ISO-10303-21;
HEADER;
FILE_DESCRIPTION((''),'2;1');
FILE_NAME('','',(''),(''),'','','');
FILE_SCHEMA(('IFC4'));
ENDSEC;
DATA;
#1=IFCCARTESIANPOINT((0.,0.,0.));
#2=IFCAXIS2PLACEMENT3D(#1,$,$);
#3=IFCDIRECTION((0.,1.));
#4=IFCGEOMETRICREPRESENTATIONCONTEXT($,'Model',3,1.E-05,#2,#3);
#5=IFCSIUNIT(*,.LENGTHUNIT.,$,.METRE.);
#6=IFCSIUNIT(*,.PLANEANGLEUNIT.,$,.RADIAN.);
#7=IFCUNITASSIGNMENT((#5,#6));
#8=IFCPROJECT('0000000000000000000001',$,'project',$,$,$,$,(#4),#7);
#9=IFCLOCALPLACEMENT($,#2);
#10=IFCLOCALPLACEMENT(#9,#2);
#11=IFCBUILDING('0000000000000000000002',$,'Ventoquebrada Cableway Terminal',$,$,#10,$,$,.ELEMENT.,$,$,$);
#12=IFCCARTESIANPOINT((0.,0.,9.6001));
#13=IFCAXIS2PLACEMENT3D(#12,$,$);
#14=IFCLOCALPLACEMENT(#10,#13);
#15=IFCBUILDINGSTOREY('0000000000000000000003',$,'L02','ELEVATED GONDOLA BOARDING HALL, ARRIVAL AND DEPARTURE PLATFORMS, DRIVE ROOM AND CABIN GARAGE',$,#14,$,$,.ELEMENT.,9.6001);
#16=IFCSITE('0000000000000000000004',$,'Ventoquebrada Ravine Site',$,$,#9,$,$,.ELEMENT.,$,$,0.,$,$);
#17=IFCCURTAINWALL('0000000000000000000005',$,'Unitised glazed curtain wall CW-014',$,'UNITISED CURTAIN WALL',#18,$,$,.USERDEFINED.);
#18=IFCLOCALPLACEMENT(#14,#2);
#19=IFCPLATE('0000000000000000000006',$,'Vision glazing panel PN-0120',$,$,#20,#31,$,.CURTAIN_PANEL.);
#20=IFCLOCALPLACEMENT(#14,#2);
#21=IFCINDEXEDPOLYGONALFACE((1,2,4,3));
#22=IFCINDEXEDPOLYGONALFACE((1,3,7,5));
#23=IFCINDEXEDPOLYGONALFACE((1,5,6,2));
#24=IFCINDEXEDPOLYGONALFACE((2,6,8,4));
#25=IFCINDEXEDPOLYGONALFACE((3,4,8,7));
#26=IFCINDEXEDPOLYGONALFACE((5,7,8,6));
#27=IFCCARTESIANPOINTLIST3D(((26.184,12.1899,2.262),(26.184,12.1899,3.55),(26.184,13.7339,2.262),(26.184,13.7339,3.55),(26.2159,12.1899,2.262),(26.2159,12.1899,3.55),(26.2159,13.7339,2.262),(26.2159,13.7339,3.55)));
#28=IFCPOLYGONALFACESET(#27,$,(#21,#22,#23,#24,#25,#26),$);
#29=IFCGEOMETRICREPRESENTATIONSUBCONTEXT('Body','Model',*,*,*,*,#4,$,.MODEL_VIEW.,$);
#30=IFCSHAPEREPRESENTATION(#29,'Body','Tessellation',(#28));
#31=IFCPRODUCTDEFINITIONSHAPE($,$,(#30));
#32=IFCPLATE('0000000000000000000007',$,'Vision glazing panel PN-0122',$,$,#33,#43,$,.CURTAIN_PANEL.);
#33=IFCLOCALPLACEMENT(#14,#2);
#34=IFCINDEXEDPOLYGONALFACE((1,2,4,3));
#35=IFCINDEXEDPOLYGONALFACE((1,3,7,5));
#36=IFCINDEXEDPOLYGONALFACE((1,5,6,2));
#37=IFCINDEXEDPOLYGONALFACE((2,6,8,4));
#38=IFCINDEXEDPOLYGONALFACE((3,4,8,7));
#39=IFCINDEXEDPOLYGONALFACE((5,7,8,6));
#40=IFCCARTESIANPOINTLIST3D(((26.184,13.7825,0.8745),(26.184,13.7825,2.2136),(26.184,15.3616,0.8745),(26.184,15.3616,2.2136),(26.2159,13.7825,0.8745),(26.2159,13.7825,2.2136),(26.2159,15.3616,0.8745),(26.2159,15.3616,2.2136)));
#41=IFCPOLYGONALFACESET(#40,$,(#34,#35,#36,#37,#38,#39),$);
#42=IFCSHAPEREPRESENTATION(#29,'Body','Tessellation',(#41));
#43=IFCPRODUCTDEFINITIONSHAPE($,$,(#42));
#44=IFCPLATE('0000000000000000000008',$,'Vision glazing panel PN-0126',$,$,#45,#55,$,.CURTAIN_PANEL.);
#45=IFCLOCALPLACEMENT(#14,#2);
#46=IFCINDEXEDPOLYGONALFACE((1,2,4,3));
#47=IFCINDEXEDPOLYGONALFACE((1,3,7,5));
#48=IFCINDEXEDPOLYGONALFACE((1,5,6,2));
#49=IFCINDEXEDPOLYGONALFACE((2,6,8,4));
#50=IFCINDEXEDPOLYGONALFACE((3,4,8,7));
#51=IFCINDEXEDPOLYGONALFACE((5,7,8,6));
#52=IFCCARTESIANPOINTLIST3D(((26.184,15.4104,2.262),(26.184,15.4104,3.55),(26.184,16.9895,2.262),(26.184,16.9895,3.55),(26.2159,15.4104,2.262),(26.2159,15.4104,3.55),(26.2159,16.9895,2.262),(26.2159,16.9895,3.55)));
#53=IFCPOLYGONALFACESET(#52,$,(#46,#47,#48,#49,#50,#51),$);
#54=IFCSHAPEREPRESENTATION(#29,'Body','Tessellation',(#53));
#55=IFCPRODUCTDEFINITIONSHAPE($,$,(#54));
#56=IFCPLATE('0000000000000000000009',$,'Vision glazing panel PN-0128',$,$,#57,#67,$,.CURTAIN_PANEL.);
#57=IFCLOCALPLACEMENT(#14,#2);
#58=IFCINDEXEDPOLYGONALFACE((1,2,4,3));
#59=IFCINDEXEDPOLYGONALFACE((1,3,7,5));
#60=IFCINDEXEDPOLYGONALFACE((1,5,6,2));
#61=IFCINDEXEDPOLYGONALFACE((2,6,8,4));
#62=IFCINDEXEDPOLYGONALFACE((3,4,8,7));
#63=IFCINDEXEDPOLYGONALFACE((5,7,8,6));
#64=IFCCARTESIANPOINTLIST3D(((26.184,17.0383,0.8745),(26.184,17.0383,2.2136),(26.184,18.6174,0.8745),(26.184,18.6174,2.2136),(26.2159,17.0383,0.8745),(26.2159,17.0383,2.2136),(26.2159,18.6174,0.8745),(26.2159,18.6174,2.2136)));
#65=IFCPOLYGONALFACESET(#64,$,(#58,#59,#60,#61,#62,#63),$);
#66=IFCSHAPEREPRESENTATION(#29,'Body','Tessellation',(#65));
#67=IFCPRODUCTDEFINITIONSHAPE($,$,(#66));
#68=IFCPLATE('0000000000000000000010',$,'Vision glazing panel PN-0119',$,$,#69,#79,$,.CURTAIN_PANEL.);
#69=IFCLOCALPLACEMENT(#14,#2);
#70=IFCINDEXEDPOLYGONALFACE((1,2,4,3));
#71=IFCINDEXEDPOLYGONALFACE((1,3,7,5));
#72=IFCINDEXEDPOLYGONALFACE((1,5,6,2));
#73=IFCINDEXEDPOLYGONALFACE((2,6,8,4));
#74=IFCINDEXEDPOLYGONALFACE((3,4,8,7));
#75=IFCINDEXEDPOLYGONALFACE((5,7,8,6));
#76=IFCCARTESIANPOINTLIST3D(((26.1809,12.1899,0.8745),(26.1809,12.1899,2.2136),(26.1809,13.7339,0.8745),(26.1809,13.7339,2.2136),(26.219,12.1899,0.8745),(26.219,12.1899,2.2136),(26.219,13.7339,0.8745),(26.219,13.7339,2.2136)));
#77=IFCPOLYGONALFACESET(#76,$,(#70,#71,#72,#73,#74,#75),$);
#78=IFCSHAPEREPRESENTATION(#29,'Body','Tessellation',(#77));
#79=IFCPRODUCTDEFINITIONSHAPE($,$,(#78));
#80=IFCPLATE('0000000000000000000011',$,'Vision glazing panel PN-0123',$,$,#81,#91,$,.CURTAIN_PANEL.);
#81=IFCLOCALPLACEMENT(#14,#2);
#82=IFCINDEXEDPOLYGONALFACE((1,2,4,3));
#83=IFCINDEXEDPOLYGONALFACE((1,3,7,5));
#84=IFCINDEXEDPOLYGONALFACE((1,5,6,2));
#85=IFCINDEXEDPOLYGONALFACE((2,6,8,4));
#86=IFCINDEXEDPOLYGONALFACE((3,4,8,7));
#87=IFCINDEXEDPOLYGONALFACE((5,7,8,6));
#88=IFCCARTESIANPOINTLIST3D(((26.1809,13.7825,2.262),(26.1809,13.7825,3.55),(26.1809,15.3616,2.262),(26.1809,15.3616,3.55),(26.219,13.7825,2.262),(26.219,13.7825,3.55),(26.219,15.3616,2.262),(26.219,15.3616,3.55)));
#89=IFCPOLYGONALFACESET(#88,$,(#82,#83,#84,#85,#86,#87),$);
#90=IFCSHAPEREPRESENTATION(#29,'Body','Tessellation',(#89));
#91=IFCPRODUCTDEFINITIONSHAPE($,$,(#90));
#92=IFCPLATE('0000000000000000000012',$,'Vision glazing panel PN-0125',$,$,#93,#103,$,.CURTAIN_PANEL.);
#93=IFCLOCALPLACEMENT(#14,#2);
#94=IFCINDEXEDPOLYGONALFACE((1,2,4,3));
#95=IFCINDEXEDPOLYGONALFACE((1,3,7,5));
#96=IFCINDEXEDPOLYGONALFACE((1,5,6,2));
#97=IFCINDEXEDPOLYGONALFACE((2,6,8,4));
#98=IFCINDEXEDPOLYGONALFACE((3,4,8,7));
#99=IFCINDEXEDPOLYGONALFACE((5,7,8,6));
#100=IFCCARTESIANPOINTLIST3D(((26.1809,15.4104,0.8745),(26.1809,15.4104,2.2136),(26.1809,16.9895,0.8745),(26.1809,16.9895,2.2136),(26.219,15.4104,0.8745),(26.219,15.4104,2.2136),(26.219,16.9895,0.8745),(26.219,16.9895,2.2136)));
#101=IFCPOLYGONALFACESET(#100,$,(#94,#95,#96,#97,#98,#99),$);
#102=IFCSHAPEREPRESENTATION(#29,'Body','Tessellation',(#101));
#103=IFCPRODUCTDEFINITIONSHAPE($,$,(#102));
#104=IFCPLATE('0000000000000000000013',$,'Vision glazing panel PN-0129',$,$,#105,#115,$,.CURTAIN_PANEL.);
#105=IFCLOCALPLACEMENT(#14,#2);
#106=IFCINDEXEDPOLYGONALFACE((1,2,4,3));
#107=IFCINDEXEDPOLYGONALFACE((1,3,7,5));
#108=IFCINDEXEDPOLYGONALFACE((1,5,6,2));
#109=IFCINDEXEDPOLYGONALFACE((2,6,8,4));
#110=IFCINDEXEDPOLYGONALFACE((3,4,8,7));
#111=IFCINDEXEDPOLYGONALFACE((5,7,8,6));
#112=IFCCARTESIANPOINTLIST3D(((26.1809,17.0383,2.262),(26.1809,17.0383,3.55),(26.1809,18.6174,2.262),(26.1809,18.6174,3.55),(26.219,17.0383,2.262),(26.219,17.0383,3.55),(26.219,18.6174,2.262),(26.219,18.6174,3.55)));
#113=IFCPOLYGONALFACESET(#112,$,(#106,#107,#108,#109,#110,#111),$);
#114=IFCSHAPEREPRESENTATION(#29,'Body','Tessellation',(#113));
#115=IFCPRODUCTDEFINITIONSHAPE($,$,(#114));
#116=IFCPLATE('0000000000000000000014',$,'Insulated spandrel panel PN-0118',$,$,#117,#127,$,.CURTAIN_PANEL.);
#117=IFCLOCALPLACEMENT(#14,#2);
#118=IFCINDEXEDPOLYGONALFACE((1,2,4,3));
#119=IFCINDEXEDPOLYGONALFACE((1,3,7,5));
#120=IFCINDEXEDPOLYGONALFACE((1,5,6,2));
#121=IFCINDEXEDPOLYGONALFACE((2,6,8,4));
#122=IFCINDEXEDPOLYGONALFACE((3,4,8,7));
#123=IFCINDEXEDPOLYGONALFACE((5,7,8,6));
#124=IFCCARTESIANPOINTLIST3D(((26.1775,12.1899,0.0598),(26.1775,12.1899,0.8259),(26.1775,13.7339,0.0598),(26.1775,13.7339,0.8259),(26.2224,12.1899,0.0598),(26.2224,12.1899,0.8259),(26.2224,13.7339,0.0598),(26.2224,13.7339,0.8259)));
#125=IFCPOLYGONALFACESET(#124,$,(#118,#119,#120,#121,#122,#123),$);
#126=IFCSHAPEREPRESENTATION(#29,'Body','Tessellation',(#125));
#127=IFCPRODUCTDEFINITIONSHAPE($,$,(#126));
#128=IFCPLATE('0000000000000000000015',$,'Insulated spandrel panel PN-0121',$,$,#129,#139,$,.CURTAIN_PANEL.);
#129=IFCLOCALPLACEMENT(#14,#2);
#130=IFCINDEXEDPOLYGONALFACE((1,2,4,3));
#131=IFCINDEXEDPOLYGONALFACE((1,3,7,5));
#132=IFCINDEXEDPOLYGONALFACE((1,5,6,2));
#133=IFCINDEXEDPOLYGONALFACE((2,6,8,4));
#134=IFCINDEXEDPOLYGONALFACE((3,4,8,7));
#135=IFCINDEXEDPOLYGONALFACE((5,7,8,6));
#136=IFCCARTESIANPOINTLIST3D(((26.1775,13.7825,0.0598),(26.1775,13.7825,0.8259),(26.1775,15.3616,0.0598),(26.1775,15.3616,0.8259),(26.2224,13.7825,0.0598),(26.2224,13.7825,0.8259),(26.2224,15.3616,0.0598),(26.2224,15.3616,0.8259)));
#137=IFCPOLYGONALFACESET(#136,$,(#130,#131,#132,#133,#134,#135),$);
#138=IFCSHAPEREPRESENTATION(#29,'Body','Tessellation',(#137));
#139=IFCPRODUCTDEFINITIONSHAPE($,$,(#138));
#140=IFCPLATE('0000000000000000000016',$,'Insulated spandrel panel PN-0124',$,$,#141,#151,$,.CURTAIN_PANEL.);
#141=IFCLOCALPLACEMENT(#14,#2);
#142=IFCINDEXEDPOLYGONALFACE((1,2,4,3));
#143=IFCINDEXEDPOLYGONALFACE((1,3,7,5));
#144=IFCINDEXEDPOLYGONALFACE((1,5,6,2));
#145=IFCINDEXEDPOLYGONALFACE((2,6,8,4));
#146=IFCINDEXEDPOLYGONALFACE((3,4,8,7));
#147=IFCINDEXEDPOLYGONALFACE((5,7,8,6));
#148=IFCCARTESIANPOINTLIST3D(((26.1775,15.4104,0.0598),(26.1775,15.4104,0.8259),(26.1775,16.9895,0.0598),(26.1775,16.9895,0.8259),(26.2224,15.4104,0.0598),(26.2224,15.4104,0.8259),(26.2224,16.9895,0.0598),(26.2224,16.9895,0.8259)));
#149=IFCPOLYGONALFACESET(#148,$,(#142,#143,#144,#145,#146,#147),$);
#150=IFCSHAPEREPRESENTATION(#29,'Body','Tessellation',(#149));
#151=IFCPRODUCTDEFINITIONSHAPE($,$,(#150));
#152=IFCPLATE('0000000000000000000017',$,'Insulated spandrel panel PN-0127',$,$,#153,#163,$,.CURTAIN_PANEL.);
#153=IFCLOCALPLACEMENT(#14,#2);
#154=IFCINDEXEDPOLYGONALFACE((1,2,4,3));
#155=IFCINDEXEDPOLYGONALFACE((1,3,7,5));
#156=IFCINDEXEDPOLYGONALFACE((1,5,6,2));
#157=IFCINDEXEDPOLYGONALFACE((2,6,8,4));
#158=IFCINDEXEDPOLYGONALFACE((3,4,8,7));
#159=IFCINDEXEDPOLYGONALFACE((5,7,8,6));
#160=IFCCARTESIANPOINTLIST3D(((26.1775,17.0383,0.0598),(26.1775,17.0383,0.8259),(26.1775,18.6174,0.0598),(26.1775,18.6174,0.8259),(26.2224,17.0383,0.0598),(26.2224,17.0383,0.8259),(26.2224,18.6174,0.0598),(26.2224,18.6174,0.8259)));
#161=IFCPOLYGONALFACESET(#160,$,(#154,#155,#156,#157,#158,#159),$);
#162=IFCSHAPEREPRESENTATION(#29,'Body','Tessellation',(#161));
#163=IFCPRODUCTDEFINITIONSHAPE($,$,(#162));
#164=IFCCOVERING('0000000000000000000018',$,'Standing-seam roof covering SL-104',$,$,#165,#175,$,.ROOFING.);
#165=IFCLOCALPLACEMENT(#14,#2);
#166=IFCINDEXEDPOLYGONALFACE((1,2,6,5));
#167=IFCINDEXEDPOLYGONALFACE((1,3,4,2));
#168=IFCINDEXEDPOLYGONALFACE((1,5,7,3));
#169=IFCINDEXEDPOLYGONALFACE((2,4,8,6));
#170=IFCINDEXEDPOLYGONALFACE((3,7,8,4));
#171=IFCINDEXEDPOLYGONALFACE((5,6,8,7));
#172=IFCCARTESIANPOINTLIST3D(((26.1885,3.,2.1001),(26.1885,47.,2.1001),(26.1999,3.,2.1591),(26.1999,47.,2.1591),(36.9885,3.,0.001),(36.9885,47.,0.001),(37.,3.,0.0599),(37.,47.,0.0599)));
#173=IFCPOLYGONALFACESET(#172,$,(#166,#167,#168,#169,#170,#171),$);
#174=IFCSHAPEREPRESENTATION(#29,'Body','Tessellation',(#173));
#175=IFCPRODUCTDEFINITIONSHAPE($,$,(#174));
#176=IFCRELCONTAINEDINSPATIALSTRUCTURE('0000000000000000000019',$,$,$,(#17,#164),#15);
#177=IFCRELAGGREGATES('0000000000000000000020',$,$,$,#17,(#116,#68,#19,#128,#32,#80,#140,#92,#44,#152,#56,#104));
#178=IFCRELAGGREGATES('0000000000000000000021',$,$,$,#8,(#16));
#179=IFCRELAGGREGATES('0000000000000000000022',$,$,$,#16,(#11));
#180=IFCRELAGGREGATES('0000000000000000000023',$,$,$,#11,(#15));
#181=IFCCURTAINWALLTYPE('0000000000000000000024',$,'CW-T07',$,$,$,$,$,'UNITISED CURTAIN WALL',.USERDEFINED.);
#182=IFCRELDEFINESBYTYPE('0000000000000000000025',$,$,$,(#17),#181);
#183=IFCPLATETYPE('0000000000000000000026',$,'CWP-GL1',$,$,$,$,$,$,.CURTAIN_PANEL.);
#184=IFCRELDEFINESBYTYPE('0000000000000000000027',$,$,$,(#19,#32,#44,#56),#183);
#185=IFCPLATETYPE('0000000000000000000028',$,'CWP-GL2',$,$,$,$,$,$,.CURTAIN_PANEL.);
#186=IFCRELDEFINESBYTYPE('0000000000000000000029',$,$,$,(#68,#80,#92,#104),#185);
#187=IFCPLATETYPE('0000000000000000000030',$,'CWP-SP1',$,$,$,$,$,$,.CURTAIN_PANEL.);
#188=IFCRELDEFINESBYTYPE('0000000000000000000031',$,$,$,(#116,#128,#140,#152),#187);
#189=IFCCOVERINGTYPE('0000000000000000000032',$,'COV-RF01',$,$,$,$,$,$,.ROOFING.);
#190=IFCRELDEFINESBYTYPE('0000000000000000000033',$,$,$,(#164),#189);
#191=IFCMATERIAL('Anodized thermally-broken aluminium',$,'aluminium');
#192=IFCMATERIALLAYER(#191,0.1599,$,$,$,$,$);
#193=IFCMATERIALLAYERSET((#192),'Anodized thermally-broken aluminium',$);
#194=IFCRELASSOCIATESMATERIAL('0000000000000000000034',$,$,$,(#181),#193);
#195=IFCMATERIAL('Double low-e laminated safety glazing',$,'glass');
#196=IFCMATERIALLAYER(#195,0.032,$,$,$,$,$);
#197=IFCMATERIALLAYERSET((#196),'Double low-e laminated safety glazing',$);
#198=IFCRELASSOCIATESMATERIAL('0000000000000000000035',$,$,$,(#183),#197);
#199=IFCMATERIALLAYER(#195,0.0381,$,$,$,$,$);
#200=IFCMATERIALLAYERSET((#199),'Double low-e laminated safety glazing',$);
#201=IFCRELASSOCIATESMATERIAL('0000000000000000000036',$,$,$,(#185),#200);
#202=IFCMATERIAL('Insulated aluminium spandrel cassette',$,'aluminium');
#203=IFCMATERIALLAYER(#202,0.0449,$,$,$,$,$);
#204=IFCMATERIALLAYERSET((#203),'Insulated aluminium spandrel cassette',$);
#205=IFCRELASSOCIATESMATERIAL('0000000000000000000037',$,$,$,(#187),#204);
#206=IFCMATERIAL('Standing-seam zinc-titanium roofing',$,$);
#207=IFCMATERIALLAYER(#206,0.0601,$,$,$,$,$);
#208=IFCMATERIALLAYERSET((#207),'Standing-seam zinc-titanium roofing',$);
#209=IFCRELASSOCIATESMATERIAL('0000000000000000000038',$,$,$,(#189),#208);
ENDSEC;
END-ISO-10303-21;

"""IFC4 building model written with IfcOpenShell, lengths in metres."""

from ifc_helpers import new_model, si_unit, direction, frame, origin, origin_2d, place, context, subcontext, project, spatial, polyline, rectangle, outline, extrude, material, layer, layer_set, type_object, element, aggregate, save


model = new_model("IFC4")

# Units and contexts
model_context = context("Model", 3, precision=1e-05, world=origin(), true_north=direction((0.0, 1.0)))
body_context = subcontext(model_context, "Body", "Model", "MODEL_VIEW")
ifc_project = project(units=[si_unit("LENGTHUNIT", "METRE"), si_unit("PLANEANGLEUNIT", "RADIAN")], contexts=[model_context])

# Site, building, storey
site_placement = place(None, origin())
site = spatial("IfcSite", under=ifc_project, at=site_placement, Name="Ventoquebrada Ravine Site", CompositionType="ELEMENT", RefElevation=0.0)
building_placement = place(site_placement, origin())
building = spatial("IfcBuilding", under=site, at=building_placement, Name="Ventoquebrada Cableway Terminal", CompositionType="ELEMENT")
storey_placement = place(building_placement, frame((0.0, 0.0, 9.6001)))
storey = spatial("IfcBuildingStorey", under=building, at=storey_placement, Name="L02", Description="ELEVATED GONDOLA BOARDING HALL, ARRIVAL AND DEPARTURE PLATFORMS, DRIVE ROOM AND CABIN GARAGE", CompositionType="ELEMENT", Elevation=9.6001)

# Curtain wall, plates
ifc_material_1 = material(Name="Anodized thermally-broken aluminium", Category="aluminium")
ifc_layer_1 = layer(ifc_material_1, 0.1599)
ifc_layer_set_1 = layer_set([ifc_layer_1], Name="Anodized thermally-broken aluminium")
curtain_wall_type = type_object("IfcCurtainWallType", Name="CW-T07", ElementType="UNITISED CURTAIN WALL", PredefinedType="USERDEFINED", material=ifc_layer_set_1)
curtain_wall_placement = place(storey_placement, origin())
curtain_wall = element("IfcCurtainWall", 1, at=curtain_wall_placement, inside=storey, type_object=curtain_wall_type, Name="Unitised glazed curtain wall CW-014", ObjectType="UNITISED CURTAIN WALL", PredefinedType="USERDEFINED")
ifc_material_2 = material(Name="Double low-e laminated safety glazing", Category="glass")
ifc_layer_2 = layer(ifc_material_2, 0.032)
ifc_layer_set_2 = layer_set([ifc_layer_2], Name="Double low-e laminated safety glazing")
plate_type_1 = type_object("IfcPlateType", Name="CWP-GL1", PredefinedType="CURTAIN_PANEL", material=ifc_layer_set_2)
plate_1_placement = place(storey_placement, frame((26.2, 12.9619, 2.262), z_axis=(0.0, 0.0, 1.0), x_axis=(0.0, 1.0, 0.0)))
plate_1 = element("IfcPlate", 2, at=plate_1_placement, type_object=plate_type_1, Name="Vision glazing panel PN-0120", PredefinedType="CURTAIN_PANEL", context=body_context, shape_type="SweptSolid", body=[
    extrude(rectangle(XDim=1.5439, YDim=0.032, at=origin_2d()), origin(), (0.0, 0.0, 1.0), 1.2881),
])
plate_2_placement = place(storey_placement, frame((26.2, 14.572, 0.8745), z_axis=(0.0, 0.0, 1.0), x_axis=(0.0, 1.0, 0.0)))
plate_2 = element("IfcPlate", 3, at=plate_2_placement, type_object=plate_type_1, Name="Vision glazing panel PN-0122", PredefinedType="CURTAIN_PANEL", context=body_context, shape_type="SweptSolid", body=[
    extrude(rectangle(XDim=1.5791, YDim=0.032, at=origin_2d()), origin(), (0.0, 0.0, 1.0), 1.3391),
])
plate_3_placement = place(storey_placement, frame((26.2, 16.2, 2.262), z_axis=(0.0, 0.0, 1.0), x_axis=(0.0, 1.0, 0.0)))
plate_3 = element("IfcPlate", 4, at=plate_3_placement, type_object=plate_type_1, Name="Vision glazing panel PN-0126", PredefinedType="CURTAIN_PANEL", context=body_context, shape_type="SweptSolid", body=[
    extrude(rectangle(XDim=1.5791, YDim=0.032, at=origin_2d()), origin(), (0.0, 0.0, 1.0), 1.2881),
])
plate_4_placement = place(storey_placement, frame((26.2, 17.8279, 0.8745), z_axis=(0.0, 0.0, 1.0), x_axis=(0.0, 1.0, 0.0)))
plate_4 = element("IfcPlate", 5, at=plate_4_placement, type_object=plate_type_1, Name="Vision glazing panel PN-0128", PredefinedType="CURTAIN_PANEL", context=body_context, shape_type="SweptSolid", body=[
    extrude(rectangle(XDim=1.5791, YDim=0.032, at=origin_2d()), origin(), (0.0, 0.0, 1.0), 1.3391),
])
ifc_layer_3 = layer(ifc_material_2, 0.0381)
ifc_layer_set_3 = layer_set([ifc_layer_3], Name="Double low-e laminated safety glazing")
plate_type_2 = type_object("IfcPlateType", Name="CWP-GL2", PredefinedType="CURTAIN_PANEL", material=ifc_layer_set_3)
plate_5_placement = place(storey_placement, frame((26.2, 12.9619, 0.8745), z_axis=(0.0, 0.0, 1.0), x_axis=(0.0, 1.0, 0.0)))
plate_5 = element("IfcPlate", 6, at=plate_5_placement, type_object=plate_type_2, Name="Vision glazing panel PN-0119", PredefinedType="CURTAIN_PANEL", context=body_context, shape_type="SweptSolid", body=[
    extrude(rectangle(XDim=1.5439, YDim=0.0381, at=origin_2d()), origin(), (0.0, 0.0, 1.0), 1.3391),
])
plate_6_placement = place(storey_placement, frame((26.2, 14.572, 2.262), z_axis=(0.0, 0.0, 1.0), x_axis=(0.0, 1.0, 0.0)))
plate_6 = element("IfcPlate", 7, at=plate_6_placement, type_object=plate_type_2, Name="Vision glazing panel PN-0123", PredefinedType="CURTAIN_PANEL", context=body_context, shape_type="SweptSolid", body=[
    extrude(rectangle(XDim=1.5791, YDim=0.0381, at=origin_2d()), origin(), (0.0, 0.0, 1.0), 1.2881),
])
plate_7_placement = place(storey_placement, frame((26.2, 16.2, 0.8745), z_axis=(0.0, 0.0, 1.0), x_axis=(0.0, 1.0, 0.0)))
plate_7 = element("IfcPlate", 8, at=plate_7_placement, type_object=plate_type_2, Name="Vision glazing panel PN-0125", PredefinedType="CURTAIN_PANEL", context=body_context, shape_type="SweptSolid", body=[
    extrude(rectangle(XDim=1.5791, YDim=0.0381, at=origin_2d()), origin(), (0.0, 0.0, 1.0), 1.3391),
])
plate_8_placement = place(storey_placement, frame((26.2, 17.8279, 2.262), z_axis=(0.0, 0.0, 1.0), x_axis=(0.0, 1.0, 0.0)))
plate_8 = element("IfcPlate", 9, at=plate_8_placement, type_object=plate_type_2, Name="Vision glazing panel PN-0129", PredefinedType="CURTAIN_PANEL", context=body_context, shape_type="SweptSolid", body=[
    extrude(rectangle(XDim=1.5791, YDim=0.0381, at=origin_2d()), origin(), (0.0, 0.0, 1.0), 1.2881),
])
ifc_material_3 = material(Name="Insulated aluminium spandrel cassette", Category="aluminium")
ifc_layer_4 = layer(ifc_material_3, 0.0449)
ifc_layer_set_4 = layer_set([ifc_layer_4], Name="Insulated aluminium spandrel cassette")
plate_type_3 = type_object("IfcPlateType", Name="CWP-SP1", PredefinedType="CURTAIN_PANEL", material=ifc_layer_set_4)
plate_9_placement = place(storey_placement, frame((26.2, 12.9619, 0.0598), z_axis=(0.0, 0.0, 1.0), x_axis=(0.0, 1.0, 0.0)))
plate_9 = element("IfcPlate", 10, at=plate_9_placement, type_object=plate_type_3, Name="Insulated spandrel panel PN-0118", PredefinedType="CURTAIN_PANEL", context=body_context, shape_type="SweptSolid", body=[
    extrude(rectangle(XDim=1.5439, YDim=0.0449, at=origin_2d()), origin(), (0.0, 0.0, 1.0), 0.7661),
])
plate_10_placement = place(storey_placement, frame((26.2, 14.572, 0.0598), z_axis=(0.0, 0.0, 1.0), x_axis=(0.0, 1.0, 0.0)))
plate_10 = element("IfcPlate", 11, at=plate_10_placement, type_object=plate_type_3, Name="Insulated spandrel panel PN-0121", PredefinedType="CURTAIN_PANEL", context=body_context, shape_type="SweptSolid", body=[
    extrude(rectangle(XDim=1.5791, YDim=0.0449, at=origin_2d()), origin(), (0.0, 0.0, 1.0), 0.7661),
])
plate_11_placement = place(storey_placement, frame((26.2, 16.2, 0.0598), z_axis=(0.0, 0.0, 1.0), x_axis=(0.0, 1.0, 0.0)))
plate_11 = element("IfcPlate", 12, at=plate_11_placement, type_object=plate_type_3, Name="Insulated spandrel panel PN-0124", PredefinedType="CURTAIN_PANEL", context=body_context, shape_type="SweptSolid", body=[
    extrude(rectangle(XDim=1.5791, YDim=0.0449, at=origin_2d()), origin(), (0.0, 0.0, 1.0), 0.7661),
])
plate_12_placement = place(storey_placement, frame((26.2, 17.8279, 0.0598), z_axis=(0.0, 0.0, 1.0), x_axis=(0.0, 1.0, 0.0)))
plate_12 = element("IfcPlate", 13, at=plate_12_placement, type_object=plate_type_3, Name="Insulated spandrel panel PN-0127", PredefinedType="CURTAIN_PANEL", context=body_context, shape_type="SweptSolid", body=[
    extrude(rectangle(XDim=1.5791, YDim=0.0449, at=origin_2d()), origin(), (0.0, 0.0, 1.0), 0.7661),
])
aggregate(curtain_wall, [plate_9, plate_5, plate_1, plate_10, plate_2, plate_6, plate_11, plate_7, plate_3, plate_12, plate_4, plate_8])

# Covering
ifc_material_4 = material(Name="Standing-seam zinc-titanium roofing")
ifc_layer_5 = layer(ifc_material_4, 0.0601)
ifc_layer_set_5 = layer_set([ifc_layer_5], Name="Standing-seam zinc-titanium roofing")
covering_type = type_object("IfcCoveringType", Name="COV-RF01", PredefinedType="ROOFING", material=ifc_layer_set_5)
covering_placement = place(storey_placement, frame((26.1885, 3.0, 2.1001), z_axis=(0.190792, 0.0, 0.981631), x_axis=(0.981631, 0.0, -0.190792)))
element("IfcCovering", 14, at=covering_placement, inside=storey, type_object=covering_type, Name="Standing-seam roof covering SL-104", PredefinedType="ROOFING", context=body_context, shape_type="SweptSolid", body=[
    extrude(outline(polyline([(0.0, 0.0), (11.0022, 0.0), (11.0022, 44.0), (0.0, 44.0), (0.0, 0.0)])), origin(), (0.0, 0.0, 1.0), 0.0601),
])

save(model, "model.ifc")
